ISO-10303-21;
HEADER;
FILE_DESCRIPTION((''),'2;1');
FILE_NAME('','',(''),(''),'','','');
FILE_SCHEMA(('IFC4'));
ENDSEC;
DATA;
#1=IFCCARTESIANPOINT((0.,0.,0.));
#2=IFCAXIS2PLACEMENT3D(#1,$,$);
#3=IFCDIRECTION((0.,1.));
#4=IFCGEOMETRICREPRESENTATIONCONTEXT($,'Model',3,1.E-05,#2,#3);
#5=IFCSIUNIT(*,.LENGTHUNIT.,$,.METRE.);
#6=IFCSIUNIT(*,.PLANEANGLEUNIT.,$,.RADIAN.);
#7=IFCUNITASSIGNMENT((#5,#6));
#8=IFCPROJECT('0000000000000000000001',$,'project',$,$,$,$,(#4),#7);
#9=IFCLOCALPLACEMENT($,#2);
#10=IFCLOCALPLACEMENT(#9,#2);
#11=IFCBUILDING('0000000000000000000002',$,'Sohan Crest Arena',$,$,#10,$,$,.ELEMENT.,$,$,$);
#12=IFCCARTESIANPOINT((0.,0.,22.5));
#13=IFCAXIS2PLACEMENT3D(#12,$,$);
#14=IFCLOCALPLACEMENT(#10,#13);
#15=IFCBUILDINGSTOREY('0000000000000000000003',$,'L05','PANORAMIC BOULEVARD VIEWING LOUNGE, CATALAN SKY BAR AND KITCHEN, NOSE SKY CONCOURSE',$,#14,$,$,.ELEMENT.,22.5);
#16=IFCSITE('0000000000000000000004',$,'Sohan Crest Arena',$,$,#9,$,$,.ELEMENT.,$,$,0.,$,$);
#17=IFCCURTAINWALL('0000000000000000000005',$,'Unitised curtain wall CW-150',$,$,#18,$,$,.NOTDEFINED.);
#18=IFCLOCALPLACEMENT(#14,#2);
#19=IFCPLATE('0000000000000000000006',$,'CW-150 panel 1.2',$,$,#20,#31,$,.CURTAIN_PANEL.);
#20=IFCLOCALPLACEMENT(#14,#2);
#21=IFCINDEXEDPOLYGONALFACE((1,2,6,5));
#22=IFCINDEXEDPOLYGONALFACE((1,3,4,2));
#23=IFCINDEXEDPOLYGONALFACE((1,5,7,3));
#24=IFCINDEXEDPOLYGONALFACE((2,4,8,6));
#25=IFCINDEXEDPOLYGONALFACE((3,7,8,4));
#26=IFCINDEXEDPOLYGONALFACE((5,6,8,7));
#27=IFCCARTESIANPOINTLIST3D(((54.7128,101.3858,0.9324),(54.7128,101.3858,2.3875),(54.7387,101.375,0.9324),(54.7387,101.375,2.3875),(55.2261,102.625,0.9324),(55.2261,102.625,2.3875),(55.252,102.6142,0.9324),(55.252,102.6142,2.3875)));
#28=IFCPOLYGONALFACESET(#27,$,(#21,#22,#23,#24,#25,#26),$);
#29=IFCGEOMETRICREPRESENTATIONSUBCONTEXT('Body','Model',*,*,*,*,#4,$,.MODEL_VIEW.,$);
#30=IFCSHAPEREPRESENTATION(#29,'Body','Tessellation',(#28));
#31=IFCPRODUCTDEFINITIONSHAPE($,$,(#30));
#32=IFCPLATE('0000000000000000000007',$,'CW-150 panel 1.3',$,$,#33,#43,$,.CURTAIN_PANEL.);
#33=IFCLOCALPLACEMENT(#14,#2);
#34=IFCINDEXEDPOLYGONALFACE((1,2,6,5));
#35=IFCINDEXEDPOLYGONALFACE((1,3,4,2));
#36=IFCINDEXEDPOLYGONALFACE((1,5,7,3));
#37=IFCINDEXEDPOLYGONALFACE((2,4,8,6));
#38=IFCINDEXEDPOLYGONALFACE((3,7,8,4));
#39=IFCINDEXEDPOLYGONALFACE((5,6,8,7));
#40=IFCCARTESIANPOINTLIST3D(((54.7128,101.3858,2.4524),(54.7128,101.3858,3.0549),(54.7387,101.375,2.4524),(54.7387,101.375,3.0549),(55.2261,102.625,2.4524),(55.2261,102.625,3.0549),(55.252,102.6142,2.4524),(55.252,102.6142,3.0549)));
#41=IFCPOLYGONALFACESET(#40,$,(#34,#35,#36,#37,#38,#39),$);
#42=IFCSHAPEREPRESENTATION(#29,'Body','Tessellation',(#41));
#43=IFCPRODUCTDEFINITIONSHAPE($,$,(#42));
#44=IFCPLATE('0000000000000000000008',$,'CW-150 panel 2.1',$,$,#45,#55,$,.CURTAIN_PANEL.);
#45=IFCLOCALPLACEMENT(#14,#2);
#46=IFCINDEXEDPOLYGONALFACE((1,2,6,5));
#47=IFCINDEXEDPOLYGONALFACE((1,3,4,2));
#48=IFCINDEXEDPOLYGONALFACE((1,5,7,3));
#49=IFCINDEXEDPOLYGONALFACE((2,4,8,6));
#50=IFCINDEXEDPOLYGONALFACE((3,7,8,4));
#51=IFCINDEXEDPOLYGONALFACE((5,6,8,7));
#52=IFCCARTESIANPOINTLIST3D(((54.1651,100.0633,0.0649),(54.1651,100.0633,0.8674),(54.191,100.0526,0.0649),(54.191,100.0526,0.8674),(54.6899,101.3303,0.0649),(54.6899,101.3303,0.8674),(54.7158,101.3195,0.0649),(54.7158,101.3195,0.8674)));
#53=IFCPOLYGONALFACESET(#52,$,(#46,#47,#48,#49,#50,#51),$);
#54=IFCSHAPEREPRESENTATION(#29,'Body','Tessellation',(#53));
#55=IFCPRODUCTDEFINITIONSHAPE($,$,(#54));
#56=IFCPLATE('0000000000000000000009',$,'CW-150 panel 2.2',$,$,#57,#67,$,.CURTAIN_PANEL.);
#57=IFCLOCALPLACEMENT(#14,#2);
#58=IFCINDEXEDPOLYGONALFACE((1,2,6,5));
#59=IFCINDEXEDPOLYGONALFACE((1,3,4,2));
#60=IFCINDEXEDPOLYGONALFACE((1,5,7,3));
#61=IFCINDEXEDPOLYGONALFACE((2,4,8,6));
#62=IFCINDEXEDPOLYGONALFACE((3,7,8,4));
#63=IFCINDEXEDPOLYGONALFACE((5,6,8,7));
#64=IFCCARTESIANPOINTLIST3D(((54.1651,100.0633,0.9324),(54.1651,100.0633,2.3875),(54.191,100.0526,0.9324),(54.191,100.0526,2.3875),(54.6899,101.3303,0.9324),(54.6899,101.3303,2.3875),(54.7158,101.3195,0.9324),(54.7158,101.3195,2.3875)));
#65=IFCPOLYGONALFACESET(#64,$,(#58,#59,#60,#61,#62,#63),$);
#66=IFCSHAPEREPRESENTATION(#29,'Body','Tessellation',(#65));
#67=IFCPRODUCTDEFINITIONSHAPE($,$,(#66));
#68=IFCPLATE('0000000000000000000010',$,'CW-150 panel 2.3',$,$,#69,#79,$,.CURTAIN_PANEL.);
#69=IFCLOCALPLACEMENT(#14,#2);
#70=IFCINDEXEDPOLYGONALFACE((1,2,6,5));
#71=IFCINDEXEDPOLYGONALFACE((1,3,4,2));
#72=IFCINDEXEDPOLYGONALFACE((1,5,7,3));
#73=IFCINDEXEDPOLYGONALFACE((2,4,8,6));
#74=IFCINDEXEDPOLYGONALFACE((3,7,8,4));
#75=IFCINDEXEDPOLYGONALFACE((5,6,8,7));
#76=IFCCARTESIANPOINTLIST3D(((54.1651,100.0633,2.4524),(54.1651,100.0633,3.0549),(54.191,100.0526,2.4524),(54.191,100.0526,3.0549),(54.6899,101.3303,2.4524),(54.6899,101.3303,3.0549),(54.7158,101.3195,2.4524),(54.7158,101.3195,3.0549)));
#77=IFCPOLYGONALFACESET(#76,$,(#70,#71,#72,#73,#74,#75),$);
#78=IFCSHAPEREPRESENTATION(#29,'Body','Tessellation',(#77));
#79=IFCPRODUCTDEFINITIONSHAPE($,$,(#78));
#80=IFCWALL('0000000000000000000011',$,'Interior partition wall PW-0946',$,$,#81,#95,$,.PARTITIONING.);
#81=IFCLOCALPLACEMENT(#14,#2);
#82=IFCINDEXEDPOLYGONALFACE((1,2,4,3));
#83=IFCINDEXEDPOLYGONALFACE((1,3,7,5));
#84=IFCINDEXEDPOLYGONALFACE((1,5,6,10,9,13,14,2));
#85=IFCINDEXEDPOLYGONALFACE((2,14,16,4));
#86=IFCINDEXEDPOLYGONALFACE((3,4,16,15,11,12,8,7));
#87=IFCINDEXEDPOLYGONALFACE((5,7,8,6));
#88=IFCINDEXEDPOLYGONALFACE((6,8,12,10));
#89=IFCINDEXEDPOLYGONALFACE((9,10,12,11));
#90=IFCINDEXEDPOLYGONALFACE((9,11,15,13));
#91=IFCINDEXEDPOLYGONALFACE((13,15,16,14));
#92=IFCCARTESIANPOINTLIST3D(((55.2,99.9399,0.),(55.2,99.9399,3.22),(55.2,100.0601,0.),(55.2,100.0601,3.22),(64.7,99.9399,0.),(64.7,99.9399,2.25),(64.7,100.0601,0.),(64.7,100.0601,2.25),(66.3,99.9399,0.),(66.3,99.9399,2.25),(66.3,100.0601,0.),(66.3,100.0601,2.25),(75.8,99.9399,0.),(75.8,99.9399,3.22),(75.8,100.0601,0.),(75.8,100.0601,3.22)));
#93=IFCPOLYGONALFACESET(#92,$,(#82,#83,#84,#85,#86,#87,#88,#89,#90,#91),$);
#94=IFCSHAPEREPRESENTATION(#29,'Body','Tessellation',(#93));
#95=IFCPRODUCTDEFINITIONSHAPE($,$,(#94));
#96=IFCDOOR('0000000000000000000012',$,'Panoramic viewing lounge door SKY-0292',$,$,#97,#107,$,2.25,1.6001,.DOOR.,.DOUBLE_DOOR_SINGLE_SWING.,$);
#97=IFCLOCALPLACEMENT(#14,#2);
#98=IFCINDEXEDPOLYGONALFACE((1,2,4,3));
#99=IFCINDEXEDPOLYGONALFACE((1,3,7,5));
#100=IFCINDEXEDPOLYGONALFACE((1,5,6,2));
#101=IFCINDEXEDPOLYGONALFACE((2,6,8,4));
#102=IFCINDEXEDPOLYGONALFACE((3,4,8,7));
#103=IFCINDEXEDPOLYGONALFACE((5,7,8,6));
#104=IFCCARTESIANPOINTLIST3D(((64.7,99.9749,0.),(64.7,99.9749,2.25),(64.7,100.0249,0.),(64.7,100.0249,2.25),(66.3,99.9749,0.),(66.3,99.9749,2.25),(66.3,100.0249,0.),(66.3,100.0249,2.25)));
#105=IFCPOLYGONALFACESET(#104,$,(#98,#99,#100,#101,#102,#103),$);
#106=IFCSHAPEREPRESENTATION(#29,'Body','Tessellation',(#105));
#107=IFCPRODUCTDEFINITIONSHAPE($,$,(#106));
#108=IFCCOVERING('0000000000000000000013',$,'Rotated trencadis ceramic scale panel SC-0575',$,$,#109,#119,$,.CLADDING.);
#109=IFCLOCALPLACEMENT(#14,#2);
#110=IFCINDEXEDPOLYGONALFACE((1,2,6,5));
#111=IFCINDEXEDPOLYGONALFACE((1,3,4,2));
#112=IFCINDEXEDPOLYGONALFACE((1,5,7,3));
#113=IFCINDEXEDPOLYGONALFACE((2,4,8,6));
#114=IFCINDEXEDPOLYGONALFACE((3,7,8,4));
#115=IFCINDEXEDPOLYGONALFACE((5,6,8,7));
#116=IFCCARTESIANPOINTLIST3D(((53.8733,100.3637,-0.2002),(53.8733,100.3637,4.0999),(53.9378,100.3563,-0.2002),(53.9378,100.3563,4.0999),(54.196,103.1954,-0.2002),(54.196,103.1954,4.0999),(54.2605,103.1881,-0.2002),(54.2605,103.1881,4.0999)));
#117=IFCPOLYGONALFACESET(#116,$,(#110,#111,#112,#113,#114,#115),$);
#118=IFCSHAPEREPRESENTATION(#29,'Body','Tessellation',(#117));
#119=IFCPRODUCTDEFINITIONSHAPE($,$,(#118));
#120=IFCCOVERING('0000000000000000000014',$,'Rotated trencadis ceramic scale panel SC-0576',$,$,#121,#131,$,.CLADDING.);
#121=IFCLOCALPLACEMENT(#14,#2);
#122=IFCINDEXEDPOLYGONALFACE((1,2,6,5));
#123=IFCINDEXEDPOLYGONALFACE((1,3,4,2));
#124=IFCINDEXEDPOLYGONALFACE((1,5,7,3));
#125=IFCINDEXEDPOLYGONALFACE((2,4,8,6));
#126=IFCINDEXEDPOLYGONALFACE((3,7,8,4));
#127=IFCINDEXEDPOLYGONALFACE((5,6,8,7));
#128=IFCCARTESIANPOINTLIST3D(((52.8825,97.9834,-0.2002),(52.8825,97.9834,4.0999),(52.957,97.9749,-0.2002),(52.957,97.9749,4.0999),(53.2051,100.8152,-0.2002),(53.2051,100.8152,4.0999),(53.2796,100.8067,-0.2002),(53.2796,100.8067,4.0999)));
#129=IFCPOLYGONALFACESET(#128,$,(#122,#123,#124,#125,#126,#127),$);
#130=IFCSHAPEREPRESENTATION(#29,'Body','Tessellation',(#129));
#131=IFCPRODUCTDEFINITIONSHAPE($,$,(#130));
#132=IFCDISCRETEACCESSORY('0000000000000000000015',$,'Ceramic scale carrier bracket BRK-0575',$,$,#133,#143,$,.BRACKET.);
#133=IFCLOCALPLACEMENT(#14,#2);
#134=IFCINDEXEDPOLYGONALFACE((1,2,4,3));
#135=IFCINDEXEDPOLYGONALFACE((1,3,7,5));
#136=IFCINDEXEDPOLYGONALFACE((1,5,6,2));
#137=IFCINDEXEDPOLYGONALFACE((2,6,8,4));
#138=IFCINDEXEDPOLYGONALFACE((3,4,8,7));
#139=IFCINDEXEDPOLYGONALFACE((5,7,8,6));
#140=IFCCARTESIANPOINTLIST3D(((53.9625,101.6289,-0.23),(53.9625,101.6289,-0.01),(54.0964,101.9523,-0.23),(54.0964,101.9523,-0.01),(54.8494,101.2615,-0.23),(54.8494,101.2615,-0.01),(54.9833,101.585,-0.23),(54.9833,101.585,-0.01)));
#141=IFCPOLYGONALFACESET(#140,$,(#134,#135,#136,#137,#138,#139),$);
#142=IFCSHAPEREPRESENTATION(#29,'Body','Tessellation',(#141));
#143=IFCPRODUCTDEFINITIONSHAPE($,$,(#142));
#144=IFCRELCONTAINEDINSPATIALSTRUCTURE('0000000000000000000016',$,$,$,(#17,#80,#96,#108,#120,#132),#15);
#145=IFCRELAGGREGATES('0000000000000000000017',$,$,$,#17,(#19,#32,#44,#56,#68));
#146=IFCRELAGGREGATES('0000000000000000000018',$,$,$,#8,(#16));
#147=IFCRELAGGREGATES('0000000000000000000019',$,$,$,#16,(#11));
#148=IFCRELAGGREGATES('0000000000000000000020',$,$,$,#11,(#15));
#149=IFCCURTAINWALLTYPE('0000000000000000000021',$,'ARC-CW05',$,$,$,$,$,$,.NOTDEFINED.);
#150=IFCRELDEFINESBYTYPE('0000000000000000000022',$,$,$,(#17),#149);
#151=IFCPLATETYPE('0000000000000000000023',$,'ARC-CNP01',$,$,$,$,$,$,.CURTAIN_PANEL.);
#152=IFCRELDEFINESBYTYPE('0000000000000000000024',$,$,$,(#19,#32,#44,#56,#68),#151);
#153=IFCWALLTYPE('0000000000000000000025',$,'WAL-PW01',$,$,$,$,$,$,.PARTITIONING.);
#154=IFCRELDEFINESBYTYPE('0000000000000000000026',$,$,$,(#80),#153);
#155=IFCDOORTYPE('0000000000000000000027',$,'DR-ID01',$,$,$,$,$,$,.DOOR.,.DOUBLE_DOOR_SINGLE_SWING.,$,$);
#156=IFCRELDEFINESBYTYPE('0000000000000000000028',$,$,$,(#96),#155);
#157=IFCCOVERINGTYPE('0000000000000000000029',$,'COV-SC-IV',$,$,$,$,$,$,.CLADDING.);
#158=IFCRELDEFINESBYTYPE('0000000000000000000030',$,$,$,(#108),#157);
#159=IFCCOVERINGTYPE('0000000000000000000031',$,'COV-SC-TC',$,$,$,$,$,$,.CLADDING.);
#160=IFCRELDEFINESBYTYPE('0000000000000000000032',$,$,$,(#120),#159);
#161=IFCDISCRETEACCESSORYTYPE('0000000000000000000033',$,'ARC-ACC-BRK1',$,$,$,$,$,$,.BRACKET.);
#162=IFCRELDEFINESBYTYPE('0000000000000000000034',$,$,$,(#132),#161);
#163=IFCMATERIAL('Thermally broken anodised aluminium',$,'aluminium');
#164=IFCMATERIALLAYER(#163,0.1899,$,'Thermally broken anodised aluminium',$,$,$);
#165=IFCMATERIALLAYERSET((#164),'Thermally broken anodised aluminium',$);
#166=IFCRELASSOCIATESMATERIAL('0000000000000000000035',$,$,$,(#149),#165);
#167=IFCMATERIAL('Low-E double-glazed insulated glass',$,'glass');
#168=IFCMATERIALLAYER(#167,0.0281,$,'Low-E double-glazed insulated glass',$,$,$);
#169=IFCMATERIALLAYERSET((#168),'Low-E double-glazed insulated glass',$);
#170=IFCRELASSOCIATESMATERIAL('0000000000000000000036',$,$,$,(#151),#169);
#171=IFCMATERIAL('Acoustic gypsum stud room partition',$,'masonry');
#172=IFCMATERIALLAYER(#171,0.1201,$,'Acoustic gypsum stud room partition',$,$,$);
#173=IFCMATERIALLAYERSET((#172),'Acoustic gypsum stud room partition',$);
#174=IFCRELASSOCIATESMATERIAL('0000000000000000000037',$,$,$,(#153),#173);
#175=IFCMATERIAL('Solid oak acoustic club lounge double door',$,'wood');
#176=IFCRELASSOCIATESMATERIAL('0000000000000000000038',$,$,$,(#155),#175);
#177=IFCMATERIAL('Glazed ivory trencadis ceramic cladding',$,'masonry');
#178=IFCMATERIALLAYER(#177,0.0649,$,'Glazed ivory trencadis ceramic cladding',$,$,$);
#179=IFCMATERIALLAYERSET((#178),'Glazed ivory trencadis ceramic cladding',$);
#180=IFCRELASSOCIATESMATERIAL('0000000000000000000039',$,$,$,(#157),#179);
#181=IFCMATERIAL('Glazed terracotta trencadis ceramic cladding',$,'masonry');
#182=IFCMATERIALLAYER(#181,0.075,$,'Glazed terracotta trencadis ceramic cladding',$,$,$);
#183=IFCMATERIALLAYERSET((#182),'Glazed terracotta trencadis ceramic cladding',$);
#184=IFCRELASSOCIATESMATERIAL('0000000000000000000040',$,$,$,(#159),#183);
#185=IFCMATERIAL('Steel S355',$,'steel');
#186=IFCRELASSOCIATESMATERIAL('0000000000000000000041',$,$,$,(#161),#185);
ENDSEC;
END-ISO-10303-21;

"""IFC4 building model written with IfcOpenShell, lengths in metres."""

from ifc_helpers import new_model, si_unit, direction, frame, frame_2d, origin, origin_2d, place, context, subcontext, project, spatial, rectangle, extrude, material, layer, layer_set, type_object, element, fill, aggregate, save


model = new_model("IFC4")

# Units and contexts
model_context = context("Model", 3, precision=1e-05, world=origin(), true_north=direction((0.0, 1.0)))
body_context = subcontext(model_context, "Body", "Model", "MODEL_VIEW")
ifc_project = project(units=[si_unit("LENGTHUNIT", "METRE"), si_unit("PLANEANGLEUNIT", "RADIAN")], contexts=[model_context])

# Site, building, storey
site_placement = place(None, origin())
site = spatial("IfcSite", under=ifc_project, at=site_placement, Name="Sohan Crest Arena", CompositionType="ELEMENT", RefElevation=0.0)
building_placement = place(site_placement, origin())
building = spatial("IfcBuilding", under=site, at=building_placement, Name="Sohan Crest Arena", CompositionType="ELEMENT")
storey_placement = place(building_placement, frame((0.0, 0.0, 22.5)))
storey = spatial("IfcBuildingStorey", under=building, at=storey_placement, Name="L05", Description="PANORAMIC BOULEVARD VIEWING LOUNGE, CATALAN SKY BAR AND KITCHEN, NOSE SKY CONCOURSE", CompositionType="ELEMENT", Elevation=22.5)

# Shared definitions
ifc_material_1 = material(Name="Steel S355", Category="steel")

# Curtain wall
ifc_material_2 = material(Name="Thermally broken anodised aluminium", Category="aluminium")
ifc_layer_1 = layer(ifc_material_2, 0.1899, Name="Thermally broken anodised aluminium")
ifc_layer_set_1 = layer_set([ifc_layer_1], Name="Thermally broken anodised aluminium")
curtain_wall_type = type_object("IfcCurtainWallType", Name="ARC-CW05", PredefinedType="NOTDEFINED", material=ifc_layer_set_1)
curtain_wall_placement = place(storey_placement, origin())
curtain_wall = element("IfcCurtainWall", 1, at=curtain_wall_placement, inside=storey, type_object=curtain_wall_type, Name="Unitised curtain wall CW-150", PredefinedType="NOTDEFINED")

# Plates
ifc_material_3 = material(Name="Low-E double-glazed insulated glass", Category="glass")
ifc_layer_2 = layer(ifc_material_3, 0.0281, Name="Low-E double-glazed insulated glass")
ifc_layer_set_2 = layer_set([ifc_layer_2], Name="Low-E double-glazed insulated glass")
plate_type = type_object("IfcPlateType", Name="ARC-CNP01", PredefinedType="CURTAIN_PANEL", material=ifc_layer_set_2)
plate_1_placement = place(storey_placement, frame((54.9824, 102.0, 0.9324), z_axis=(0.0, 0.0, 1.0), x_axis=(-0.382685, -0.923879, 0.0)))
plate_1 = element("IfcPlate", 2, at=plate_1_placement, type_object=plate_type, Name="CW-150 panel 1.2", PredefinedType="CURTAIN_PANEL", context=body_context, shape_type="SweptSolid", body=[
    extrude(rectangle(XDim=1.3413, YDim=0.0281, at=origin_2d()), origin(), (0.0, 0.0, 1.0), 1.4551),
])
plate_2_placement = place(storey_placement, frame((54.9824, 102.0, 2.4524), z_axis=(0.0, 0.0, 1.0), x_axis=(-0.382685, -0.923879, 0.0)))
plate_2 = element("IfcPlate", 3, at=plate_2_placement, type_object=plate_type, Name="CW-150 panel 1.3", PredefinedType="CURTAIN_PANEL", context=body_context, shape_type="SweptSolid", body=[
    extrude(rectangle(XDim=1.3413, YDim=0.0281, at=origin_2d()), origin(), (0.0, 0.0, 1.0), 0.6025),
])
plate_3_placement = place(storey_placement, frame((54.4404, 100.6914, 0.0649), z_axis=(0.0, 0.0, 1.0), x_axis=(-0.382685, -0.923879, 0.0)))
plate_3 = element("IfcPlate", 4, at=plate_3_placement, type_object=plate_type, Name="CW-150 panel 2.1", PredefinedType="CURTAIN_PANEL", context=body_context, shape_type="SweptSolid", body=[
    extrude(rectangle(XDim=1.3713, YDim=0.0281, at=origin_2d()), origin(), (0.0, 0.0, 1.0), 0.8025),
])
plate_4_placement = place(storey_placement, frame((54.4404, 100.6914, 0.9324), z_axis=(0.0, 0.0, 1.0), x_axis=(-0.382685, -0.923879, 0.0)))
plate_4 = element("IfcPlate", 5, at=plate_4_placement, type_object=plate_type, Name="CW-150 panel 2.2", PredefinedType="CURTAIN_PANEL", context=body_context, shape_type="SweptSolid", body=[
    extrude(rectangle(XDim=1.3713, YDim=0.0281, at=origin_2d()), origin(), (0.0, 0.0, 1.0), 1.4551),
])
plate_5_placement = place(storey_placement, frame((54.4404, 100.6914, 2.4524), z_axis=(0.0, 0.0, 1.0), x_axis=(-0.382685, -0.923879, 0.0)))
plate_5 = element("IfcPlate", 6, at=plate_5_placement, type_object=plate_type, Name="CW-150 panel 2.3", PredefinedType="CURTAIN_PANEL", context=body_context, shape_type="SweptSolid", body=[
    extrude(rectangle(XDim=1.3713, YDim=0.0281, at=origin_2d()), origin(), (0.0, 0.0, 1.0), 0.6025),
])
aggregate(curtain_wall, [plate_1, plate_2, plate_3, plate_4, plate_5])

# Wall, opening, door
ifc_material_4 = material(Name="Acoustic gypsum stud room partition", Category="masonry")
ifc_layer_3 = layer(ifc_material_4, 0.1201, Name="Acoustic gypsum stud room partition")
ifc_layer_set_3 = layer_set([ifc_layer_3], Name="Acoustic gypsum stud room partition")
wall_type = type_object("IfcWallType", Name="WAL-PW01", PredefinedType="PARTITIONING", material=ifc_layer_set_3)
wall_placement = place(storey_placement, frame((55.2, 100.0, 0.0), z_axis=(0.0, 0.0, 1.0), x_axis=(1.0, 0.0, 0.0)))
wall = element("IfcWall", 7, at=wall_placement, inside=storey, type_object=wall_type, Name="Interior partition wall PW-0946", PredefinedType="PARTITIONING", context=body_context, shape_type="SweptSolid", body=[
    extrude(rectangle(XDim=20.6001, YDim=0.1201, at=frame_2d((10.3, 0.0))), origin(), (0.0, 0.0, 1.0), 3.22),
])
opening_placement = place(wall_placement, frame((9.5, 0.0, 0.0)))
opening = element("IfcOpeningElement", 8, at=opening_placement, cuts=wall, PredefinedType="OPENING", context=body_context, shape_type="SweptSolid", body=[
    extrude(rectangle(XDim=1.6001, YDim=2.25, at=frame_2d((0.8, 1.125))), frame((0.0, 0.0701, 0.0), z_axis=(0.0, -1.0, 0.0), x_axis=(1.0, 0.0, 0.0)), (0.0, 0.0, 1.0), 0.1401),
])
ifc_material_5 = material(Name="Solid oak acoustic club lounge double door", Category="wood")
door_type = type_object("IfcDoorType", Name="DR-ID01", OperationType="DOUBLE_DOOR_SINGLE_SWING", PredefinedType="DOOR", material=ifc_material_5)
door_placement = place(opening_placement, origin())
door = element("IfcDoor", 9, at=door_placement, inside=storey, type_object=door_type, Name="Panoramic viewing lounge door SKY-0292", OperationType="DOUBLE_DOOR_SINGLE_SWING", OverallHeight=2.25, OverallWidth=1.6001, PredefinedType="DOOR", context=body_context, shape_type="SweptSolid", body=[
    extrude(rectangle(XDim=1.6001, YDim=2.25, at=frame_2d((0.8, 1.125))), frame((0.0, 0.0249, 0.0), z_axis=(0.0, -1.0, 0.0), x_axis=(1.0, 0.0, 0.0)), (0.0, 0.0, 1.0), 0.05),
])
fill(opening, door)

# Coverings
ifc_material_6 = material(Name="Glazed ivory trencadis ceramic cladding", Category="masonry")
ifc_layer_4 = layer(ifc_material_6, 0.0649, Name="Glazed ivory trencadis ceramic cladding")
ifc_layer_set_4 = layer_set([ifc_layer_4], Name="Glazed ivory trencadis ceramic cladding")
covering_type_1 = type_object("IfcCoveringType", Name="COV-SC-IV", PredefinedType="CLADDING", material=ifc_layer_set_4)
covering_1_placement = place(storey_placement, frame((54.0669, 101.7759, -0.2002), z_axis=(0.0, 0.0, 1.0), x_axis=(-0.113203, -0.993572, 0.0)))
element("IfcCovering", 10, at=covering_1_placement, inside=storey, type_object=covering_type_1, Name="Rotated trencadis ceramic scale panel SC-0575", PredefinedType="CLADDING", context=body_context, shape_type="SweptSolid", body=[
    extrude(rectangle(XDim=2.8501, YDim=0.0649, at=origin_2d()), origin(), (0.0, 0.0, 1.0), 4.3),
])
ifc_material_7 = material(Name="Glazed terracotta trencadis ceramic cladding", Category="masonry")
ifc_layer_5 = layer(ifc_material_7, 0.075, Name="Glazed terracotta trencadis ceramic cladding")
ifc_layer_set_5 = layer_set([ifc_layer_5], Name="Glazed terracotta trencadis ceramic cladding")
covering_type_2 = type_object("IfcCoveringType", Name="COV-SC-TC", PredefinedType="CLADDING", material=ifc_layer_set_5)
covering_2_placement = place(storey_placement, frame((53.0811, 99.395, -0.2002), z_axis=(0.0, 0.0, 1.0), x_axis=(-0.113203, -0.993572, 0.0)))
element("IfcCovering", 11, at=covering_2_placement, inside=storey, type_object=covering_type_2, Name="Rotated trencadis ceramic scale panel SC-0576", PredefinedType="CLADDING", context=body_context, shape_type="SweptSolid", body=[
    extrude(rectangle(XDim=2.8501, YDim=0.075, at=origin_2d()), origin(), (0.0, 0.0, 1.0), 4.3),
])

# Discrete accessory
discrete_accessory_type = type_object("IfcDiscreteAccessoryType", Name="ARC-ACC-BRK1", PredefinedType="BRACKET", material=ifc_material_1)
discrete_accessory_placement = place(storey_placement, frame((54.4729, 101.6069, -0.23), z_axis=(0.0, 0.0, 1.0), x_axis=(-0.382683, -0.92388, 0.0)))
element("IfcDiscreteAccessory", 12, at=discrete_accessory_placement, inside=storey, type_object=discrete_accessory_type, Name="Ceramic scale carrier bracket BRK-0575", PredefinedType="BRACKET", context=body_context, shape_type="SweptSolid", body=[
    extrude(rectangle(XDim=0.3501, YDim=0.96, at=origin_2d()), origin(), (0.0, 0.0, 1.0), 0.22),
])

save(model, "model.ifc")
